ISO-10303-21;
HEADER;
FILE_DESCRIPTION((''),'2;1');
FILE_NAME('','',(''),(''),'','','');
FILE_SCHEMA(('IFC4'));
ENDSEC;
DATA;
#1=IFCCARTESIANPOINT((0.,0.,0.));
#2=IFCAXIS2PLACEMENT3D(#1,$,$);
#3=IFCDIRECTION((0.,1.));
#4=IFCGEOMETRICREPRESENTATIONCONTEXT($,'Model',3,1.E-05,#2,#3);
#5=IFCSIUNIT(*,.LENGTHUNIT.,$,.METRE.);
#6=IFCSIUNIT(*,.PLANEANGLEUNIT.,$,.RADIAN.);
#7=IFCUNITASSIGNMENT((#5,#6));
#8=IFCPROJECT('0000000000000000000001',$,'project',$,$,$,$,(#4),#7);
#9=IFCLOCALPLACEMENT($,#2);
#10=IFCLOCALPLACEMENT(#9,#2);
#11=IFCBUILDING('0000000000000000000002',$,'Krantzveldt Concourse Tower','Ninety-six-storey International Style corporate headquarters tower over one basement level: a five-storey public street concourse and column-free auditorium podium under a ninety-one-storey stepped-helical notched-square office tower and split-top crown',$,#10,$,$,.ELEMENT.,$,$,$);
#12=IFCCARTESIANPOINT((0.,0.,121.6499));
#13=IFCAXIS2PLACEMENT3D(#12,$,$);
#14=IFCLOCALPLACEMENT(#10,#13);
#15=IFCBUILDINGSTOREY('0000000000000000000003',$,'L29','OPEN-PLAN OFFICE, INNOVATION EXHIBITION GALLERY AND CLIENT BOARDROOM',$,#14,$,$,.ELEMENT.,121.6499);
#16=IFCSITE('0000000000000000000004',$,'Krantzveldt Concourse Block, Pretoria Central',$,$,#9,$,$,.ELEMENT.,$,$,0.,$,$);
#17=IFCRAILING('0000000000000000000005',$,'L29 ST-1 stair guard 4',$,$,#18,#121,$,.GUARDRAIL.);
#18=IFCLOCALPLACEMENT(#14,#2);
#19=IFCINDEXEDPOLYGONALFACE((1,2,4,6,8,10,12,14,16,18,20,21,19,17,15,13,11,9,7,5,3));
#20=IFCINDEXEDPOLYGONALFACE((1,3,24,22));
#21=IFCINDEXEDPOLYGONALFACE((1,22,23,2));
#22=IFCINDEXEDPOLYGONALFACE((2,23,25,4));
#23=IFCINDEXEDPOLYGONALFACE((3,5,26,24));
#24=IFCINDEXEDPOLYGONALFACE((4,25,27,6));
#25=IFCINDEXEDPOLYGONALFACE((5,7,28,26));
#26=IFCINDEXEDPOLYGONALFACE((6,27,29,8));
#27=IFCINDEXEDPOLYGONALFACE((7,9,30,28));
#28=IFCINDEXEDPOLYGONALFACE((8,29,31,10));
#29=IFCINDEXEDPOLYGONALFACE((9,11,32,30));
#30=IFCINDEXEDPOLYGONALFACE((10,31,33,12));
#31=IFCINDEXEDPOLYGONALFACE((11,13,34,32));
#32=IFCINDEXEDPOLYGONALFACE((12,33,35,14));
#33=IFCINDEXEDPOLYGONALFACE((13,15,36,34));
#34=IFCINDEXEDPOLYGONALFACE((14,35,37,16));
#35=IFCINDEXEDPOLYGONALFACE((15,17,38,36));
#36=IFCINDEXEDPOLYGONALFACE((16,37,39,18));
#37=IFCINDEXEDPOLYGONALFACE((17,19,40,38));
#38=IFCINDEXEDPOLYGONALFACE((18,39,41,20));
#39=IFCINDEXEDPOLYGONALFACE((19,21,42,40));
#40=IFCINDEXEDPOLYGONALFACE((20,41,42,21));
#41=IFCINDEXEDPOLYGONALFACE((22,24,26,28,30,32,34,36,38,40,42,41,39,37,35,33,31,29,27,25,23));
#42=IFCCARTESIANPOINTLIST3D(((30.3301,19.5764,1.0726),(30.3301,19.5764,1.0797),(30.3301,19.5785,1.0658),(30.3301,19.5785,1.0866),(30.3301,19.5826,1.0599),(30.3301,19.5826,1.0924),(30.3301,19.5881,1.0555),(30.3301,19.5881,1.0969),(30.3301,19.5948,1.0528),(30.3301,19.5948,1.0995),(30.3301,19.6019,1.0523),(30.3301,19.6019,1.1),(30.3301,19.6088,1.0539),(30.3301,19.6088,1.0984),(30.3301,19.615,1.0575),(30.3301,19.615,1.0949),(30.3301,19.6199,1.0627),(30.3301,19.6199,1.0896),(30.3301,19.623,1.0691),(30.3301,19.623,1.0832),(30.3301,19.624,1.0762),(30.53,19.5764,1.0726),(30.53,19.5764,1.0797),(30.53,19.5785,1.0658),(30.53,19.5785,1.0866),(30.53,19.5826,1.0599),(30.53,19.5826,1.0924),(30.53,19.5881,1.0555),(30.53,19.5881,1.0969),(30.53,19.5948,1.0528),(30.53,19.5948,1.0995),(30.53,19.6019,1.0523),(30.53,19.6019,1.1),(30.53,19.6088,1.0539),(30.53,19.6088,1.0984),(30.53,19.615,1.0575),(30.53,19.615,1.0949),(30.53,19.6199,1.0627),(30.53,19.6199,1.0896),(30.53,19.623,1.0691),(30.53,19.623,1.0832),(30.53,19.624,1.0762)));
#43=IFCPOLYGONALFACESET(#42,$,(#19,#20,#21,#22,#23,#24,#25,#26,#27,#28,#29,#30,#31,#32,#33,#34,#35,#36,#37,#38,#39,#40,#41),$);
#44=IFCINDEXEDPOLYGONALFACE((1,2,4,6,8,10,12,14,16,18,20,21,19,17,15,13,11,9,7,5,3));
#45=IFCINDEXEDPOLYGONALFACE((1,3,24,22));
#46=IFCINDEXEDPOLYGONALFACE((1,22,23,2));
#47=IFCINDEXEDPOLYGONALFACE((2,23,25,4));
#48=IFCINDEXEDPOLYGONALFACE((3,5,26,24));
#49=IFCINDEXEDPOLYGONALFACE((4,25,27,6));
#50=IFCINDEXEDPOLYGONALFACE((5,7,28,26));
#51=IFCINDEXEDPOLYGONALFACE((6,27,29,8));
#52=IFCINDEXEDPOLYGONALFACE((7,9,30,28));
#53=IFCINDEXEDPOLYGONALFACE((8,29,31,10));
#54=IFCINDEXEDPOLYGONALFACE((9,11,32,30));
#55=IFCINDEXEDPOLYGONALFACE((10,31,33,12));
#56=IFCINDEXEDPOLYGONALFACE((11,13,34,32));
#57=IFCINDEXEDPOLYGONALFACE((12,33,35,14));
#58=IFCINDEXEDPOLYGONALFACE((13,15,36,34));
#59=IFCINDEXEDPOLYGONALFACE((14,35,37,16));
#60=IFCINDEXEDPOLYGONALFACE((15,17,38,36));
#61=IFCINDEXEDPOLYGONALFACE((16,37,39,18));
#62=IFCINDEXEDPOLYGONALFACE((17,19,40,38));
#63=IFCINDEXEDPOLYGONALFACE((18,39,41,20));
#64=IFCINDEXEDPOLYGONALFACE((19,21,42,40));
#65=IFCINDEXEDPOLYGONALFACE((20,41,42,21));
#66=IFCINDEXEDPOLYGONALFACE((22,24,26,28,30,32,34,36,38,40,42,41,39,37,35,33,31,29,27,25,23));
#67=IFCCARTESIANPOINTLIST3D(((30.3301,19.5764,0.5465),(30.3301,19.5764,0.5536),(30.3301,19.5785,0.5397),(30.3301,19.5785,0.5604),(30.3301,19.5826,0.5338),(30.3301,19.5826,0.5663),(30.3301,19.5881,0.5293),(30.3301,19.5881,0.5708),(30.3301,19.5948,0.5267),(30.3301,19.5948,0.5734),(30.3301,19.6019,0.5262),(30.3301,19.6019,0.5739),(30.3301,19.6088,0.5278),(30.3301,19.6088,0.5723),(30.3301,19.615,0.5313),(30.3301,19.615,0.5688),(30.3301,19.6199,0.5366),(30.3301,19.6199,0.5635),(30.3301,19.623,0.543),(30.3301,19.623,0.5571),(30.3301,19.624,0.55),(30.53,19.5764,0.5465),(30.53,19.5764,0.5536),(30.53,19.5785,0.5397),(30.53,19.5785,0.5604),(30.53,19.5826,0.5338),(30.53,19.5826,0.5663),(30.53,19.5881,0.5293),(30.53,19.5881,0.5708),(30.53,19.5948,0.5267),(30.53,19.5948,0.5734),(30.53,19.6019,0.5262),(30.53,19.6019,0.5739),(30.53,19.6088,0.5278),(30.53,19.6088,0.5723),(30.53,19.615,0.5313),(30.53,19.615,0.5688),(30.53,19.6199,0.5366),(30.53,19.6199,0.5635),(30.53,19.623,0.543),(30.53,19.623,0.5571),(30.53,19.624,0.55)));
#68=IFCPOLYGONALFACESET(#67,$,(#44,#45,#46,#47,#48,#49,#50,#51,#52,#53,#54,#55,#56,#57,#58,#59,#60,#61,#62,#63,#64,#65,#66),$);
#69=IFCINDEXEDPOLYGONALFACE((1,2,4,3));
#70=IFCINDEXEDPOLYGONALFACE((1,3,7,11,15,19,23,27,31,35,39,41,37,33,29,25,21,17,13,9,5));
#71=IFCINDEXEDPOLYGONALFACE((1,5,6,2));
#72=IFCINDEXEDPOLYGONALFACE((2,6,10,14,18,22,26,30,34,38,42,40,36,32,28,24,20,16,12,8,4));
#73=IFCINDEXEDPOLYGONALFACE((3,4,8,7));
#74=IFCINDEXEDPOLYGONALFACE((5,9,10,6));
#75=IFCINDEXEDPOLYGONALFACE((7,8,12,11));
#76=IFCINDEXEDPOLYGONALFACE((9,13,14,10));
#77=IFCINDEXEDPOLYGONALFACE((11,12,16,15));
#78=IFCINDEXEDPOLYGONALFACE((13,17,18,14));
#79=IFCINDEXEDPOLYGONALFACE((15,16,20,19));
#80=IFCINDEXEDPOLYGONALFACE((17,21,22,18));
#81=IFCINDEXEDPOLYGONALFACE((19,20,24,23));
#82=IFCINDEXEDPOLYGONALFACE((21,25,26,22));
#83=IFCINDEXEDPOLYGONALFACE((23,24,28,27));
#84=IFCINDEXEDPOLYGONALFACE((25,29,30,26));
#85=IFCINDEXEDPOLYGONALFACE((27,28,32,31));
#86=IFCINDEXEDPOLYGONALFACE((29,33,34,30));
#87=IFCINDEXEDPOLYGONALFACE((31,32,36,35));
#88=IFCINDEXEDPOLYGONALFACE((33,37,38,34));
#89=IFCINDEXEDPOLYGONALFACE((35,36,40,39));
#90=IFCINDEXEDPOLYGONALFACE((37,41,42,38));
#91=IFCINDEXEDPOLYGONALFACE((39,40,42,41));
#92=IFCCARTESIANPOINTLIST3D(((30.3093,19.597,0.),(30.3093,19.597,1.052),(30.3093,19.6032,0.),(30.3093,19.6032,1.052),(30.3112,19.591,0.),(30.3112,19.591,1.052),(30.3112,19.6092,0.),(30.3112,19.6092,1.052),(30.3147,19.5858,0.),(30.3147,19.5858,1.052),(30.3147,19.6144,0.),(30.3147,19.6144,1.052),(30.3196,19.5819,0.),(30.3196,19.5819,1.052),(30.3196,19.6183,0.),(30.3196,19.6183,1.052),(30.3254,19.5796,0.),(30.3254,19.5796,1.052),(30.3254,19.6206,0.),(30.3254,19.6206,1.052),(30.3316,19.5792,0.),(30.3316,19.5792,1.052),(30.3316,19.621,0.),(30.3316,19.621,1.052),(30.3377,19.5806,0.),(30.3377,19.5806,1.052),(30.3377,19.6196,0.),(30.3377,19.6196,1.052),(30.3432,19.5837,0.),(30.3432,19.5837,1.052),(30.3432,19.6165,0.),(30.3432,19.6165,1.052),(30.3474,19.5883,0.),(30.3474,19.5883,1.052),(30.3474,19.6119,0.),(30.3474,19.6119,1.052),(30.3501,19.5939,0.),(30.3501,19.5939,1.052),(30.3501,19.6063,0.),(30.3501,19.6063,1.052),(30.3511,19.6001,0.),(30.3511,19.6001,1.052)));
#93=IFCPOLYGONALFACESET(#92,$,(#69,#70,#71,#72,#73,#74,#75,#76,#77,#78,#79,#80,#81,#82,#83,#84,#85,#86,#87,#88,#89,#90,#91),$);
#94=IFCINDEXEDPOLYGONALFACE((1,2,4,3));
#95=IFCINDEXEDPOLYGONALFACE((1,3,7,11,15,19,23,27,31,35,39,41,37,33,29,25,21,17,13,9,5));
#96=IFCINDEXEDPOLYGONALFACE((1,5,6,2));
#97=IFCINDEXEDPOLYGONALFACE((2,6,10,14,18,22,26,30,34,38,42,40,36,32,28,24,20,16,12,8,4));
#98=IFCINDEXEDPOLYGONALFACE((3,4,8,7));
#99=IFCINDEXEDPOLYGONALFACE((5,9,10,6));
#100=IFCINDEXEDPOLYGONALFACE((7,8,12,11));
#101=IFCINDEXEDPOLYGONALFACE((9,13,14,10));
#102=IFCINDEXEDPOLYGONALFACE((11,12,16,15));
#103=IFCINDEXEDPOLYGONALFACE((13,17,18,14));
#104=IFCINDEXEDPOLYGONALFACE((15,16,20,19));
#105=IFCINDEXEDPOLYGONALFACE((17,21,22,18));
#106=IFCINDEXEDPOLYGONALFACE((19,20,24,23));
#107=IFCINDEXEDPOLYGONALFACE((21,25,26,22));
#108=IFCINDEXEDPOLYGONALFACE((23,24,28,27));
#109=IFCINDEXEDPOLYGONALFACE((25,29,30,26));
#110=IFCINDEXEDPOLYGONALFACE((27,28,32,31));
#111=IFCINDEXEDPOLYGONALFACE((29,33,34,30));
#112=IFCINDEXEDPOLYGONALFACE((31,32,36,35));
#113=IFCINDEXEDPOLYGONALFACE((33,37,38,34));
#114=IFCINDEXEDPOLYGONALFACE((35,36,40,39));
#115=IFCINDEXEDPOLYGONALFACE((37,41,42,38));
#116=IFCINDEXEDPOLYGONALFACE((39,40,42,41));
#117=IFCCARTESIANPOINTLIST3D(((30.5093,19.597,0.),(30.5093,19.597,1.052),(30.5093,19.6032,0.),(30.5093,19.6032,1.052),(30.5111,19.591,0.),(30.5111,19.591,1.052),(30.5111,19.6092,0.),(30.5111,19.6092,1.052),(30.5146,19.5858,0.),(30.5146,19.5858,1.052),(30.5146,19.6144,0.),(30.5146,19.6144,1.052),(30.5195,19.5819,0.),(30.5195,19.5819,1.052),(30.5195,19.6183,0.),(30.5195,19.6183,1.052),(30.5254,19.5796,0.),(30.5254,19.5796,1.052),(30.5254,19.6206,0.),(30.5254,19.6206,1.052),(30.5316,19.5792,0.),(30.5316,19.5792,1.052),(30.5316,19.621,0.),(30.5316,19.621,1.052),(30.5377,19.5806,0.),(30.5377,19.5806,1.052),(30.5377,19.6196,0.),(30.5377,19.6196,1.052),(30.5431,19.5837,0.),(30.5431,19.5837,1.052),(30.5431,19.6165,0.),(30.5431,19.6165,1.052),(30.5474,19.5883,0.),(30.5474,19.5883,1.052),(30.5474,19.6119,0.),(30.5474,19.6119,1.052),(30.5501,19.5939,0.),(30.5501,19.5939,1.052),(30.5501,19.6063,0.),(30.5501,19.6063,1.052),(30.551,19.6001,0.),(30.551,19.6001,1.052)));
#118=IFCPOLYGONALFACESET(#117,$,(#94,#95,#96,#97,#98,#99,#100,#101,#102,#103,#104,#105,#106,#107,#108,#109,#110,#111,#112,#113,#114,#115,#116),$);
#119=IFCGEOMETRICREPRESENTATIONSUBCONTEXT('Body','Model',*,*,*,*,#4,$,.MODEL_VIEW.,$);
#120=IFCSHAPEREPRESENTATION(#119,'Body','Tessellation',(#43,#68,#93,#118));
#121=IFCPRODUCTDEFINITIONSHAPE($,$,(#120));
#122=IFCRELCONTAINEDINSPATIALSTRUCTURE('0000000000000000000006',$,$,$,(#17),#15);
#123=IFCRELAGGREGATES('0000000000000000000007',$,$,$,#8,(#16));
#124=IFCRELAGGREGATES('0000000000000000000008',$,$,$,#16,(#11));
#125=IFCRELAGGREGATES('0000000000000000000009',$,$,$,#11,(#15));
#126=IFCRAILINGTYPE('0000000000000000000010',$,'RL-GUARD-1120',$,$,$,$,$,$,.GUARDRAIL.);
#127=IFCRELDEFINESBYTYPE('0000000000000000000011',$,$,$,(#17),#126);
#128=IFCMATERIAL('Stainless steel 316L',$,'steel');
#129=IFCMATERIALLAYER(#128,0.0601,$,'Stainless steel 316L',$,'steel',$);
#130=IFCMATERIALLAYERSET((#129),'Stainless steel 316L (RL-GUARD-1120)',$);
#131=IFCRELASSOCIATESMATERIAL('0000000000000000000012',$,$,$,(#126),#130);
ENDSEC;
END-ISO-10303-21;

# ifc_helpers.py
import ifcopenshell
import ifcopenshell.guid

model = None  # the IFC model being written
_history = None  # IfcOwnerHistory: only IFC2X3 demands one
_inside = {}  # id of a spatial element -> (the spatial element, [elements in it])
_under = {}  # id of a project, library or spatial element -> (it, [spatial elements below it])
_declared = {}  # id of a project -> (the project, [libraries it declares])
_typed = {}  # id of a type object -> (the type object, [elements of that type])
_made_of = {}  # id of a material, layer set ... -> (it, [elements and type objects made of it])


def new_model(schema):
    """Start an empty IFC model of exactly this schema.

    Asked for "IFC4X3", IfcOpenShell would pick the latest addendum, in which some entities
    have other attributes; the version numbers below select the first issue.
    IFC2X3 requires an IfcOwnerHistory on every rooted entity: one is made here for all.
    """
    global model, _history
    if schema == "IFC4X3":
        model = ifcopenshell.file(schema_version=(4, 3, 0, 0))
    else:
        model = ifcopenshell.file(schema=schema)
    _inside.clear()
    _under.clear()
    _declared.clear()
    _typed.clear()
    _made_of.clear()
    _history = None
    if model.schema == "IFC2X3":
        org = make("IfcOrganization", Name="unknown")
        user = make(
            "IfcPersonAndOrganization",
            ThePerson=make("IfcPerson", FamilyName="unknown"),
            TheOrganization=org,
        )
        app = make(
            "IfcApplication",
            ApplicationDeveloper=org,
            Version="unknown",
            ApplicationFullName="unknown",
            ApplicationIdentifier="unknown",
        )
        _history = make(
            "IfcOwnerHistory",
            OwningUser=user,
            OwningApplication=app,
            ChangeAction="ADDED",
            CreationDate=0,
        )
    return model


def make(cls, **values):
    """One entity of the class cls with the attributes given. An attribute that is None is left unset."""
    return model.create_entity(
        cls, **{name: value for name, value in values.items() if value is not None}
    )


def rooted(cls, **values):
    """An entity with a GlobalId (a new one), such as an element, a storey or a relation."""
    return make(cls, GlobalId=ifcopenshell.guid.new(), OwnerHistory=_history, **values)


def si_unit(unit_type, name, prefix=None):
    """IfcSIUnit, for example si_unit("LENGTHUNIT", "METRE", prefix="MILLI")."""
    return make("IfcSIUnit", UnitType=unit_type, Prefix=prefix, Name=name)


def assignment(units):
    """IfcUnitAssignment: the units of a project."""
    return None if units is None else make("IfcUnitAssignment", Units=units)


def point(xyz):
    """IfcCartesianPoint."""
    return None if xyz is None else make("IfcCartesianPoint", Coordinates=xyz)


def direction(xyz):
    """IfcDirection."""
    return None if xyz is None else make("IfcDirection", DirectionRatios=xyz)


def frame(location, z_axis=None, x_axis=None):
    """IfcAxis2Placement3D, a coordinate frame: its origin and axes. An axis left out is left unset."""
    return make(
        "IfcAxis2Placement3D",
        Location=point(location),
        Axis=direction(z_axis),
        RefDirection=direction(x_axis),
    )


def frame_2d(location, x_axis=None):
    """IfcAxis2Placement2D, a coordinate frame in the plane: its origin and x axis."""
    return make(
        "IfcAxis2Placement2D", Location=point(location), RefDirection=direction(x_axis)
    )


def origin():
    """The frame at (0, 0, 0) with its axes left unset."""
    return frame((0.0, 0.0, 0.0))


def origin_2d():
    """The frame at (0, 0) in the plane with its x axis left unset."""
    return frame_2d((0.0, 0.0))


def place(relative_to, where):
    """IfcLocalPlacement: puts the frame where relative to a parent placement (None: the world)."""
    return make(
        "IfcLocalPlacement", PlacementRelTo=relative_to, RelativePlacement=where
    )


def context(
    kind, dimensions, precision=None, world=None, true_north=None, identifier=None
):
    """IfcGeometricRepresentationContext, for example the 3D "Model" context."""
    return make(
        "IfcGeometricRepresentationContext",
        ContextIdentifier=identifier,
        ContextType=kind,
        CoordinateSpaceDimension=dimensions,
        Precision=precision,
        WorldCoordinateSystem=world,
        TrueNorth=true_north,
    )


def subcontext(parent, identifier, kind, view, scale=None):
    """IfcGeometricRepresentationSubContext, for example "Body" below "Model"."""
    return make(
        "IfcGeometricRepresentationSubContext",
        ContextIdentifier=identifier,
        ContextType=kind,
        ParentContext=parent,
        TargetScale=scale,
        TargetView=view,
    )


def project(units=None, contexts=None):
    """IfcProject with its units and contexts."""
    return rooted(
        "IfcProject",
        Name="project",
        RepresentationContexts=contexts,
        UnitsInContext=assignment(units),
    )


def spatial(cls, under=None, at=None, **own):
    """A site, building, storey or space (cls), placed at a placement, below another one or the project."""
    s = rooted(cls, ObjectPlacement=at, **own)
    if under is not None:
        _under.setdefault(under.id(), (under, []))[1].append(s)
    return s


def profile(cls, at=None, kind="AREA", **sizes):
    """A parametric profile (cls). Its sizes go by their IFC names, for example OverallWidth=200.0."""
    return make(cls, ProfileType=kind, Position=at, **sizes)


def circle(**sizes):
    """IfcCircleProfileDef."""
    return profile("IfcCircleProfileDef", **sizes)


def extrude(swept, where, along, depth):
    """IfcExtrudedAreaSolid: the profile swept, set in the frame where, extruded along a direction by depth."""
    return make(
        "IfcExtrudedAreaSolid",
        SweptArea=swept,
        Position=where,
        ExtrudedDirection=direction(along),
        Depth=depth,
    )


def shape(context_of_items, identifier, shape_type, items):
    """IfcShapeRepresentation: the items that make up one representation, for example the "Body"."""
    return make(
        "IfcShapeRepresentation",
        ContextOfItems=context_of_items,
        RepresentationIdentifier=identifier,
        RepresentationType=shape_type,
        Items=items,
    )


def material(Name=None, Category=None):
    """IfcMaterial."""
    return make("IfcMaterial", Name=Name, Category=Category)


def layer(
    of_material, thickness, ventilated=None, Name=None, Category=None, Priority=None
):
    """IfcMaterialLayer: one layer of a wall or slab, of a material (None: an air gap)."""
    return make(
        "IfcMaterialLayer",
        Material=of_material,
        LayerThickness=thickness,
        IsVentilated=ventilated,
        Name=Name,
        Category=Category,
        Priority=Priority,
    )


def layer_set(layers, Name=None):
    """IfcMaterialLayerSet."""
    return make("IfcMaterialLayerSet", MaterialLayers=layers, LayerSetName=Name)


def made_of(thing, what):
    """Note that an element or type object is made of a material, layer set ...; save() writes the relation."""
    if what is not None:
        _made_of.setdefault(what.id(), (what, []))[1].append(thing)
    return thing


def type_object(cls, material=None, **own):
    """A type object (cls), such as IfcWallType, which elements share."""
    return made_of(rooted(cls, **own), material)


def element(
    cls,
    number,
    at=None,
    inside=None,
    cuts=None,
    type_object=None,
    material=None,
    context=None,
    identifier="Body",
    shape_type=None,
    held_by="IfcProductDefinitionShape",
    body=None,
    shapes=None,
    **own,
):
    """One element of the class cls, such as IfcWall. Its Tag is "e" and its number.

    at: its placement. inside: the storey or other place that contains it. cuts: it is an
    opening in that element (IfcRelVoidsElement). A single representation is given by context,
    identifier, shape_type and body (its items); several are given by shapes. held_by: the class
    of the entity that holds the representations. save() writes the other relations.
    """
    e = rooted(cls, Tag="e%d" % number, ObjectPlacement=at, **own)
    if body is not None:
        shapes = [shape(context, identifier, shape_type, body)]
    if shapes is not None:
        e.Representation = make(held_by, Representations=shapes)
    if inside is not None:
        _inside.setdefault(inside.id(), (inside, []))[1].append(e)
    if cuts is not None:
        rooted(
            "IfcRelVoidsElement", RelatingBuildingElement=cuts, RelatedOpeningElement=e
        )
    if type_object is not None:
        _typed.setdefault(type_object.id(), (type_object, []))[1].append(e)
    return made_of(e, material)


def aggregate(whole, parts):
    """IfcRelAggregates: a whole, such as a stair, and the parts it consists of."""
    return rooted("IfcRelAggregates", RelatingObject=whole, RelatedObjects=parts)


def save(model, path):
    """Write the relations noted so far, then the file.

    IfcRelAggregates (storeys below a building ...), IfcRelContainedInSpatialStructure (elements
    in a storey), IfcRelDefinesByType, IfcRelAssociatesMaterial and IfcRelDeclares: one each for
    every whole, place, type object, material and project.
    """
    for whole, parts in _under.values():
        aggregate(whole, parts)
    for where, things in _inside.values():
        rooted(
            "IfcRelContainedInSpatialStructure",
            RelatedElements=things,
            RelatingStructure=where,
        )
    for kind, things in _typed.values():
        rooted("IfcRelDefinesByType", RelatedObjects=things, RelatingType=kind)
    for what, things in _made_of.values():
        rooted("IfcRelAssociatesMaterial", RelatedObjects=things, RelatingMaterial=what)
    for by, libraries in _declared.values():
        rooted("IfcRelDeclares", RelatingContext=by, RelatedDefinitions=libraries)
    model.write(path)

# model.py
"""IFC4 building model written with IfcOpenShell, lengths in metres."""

from ifc_helpers import new_model, si_unit, direction, frame, origin, origin_2d, place, context, subcontext, project, spatial, circle, extrude, material, layer, layer_set, type_object, element, save


model = new_model("IFC4")

# Units and contexts
model_context = context("Model", 3, precision=1e-05, world=origin(), true_north=direction((0.0, 1.0)))
body_context = subcontext(model_context, "Body", "Model", "MODEL_VIEW")
ifc_project = project(units=[si_unit("LENGTHUNIT", "METRE"), si_unit("PLANEANGLEUNIT", "RADIAN")], contexts=[model_context])

# Site, building, storey
site_placement = place(None, origin())
site = spatial("IfcSite", under=ifc_project, at=site_placement, Name="Krantzveldt Concourse Block, Pretoria Central", CompositionType="ELEMENT", RefElevation=0.0)
building_placement = place(site_placement, origin())
building = spatial("IfcBuilding", under=site, at=building_placement, Name="Krantzveldt Concourse Tower", Description="Ninety-six-storey International Style corporate headquarters tower over one basement level: a five-storey public street concourse and column-free auditorium podium under a ninety-one-storey stepped-helical notched-square office tower and split-top crown", CompositionType="ELEMENT")
storey_placement = place(building_placement, frame((0.0, 0.0, 121.6499)))
storey = spatial("IfcBuildingStorey", under=building, at=storey_placement, Name="L29", Description="OPEN-PLAN OFFICE, INNOVATION EXHIBITION GALLERY AND CLIENT BOARDROOM", CompositionType="ELEMENT", Elevation=121.6499)

# Railing
ifc_material_1 = material(Name="Stainless steel 316L", Category="steel")
ifc_layer_1 = layer(ifc_material_1, 0.0601, Name="Stainless steel 316L", Category="steel")
ifc_layer_set_1 = layer_set([ifc_layer_1], Name="Stainless steel 316L (RL-GUARD-1120)")
railing_type_1 = type_object("IfcRailingType", Name="RL-GUARD-1120", PredefinedType="GUARDRAIL", material=ifc_layer_set_1)
railing_1_placement = place(storey_placement, frame((30.3301, 19.6001, 0.0)))
element("IfcRailing", 1, at=railing_1_placement, inside=storey, type_object=railing_type_1, Name="L29 ST-1 stair guard 4", PredefinedType="GUARDRAIL", context=body_context, shape_type="SweptSolid", body=[
    extrude(circle(Radius=0.0239, at=origin_2d()), frame((0.0, 0.0, 1.0762), z_axis=(1.0, 0.0, 0.0), x_axis=(0.0, 1.0, 0.0)), (0.0, 0.0, 1.0), 0.2),
    extrude(circle(Radius=0.0239, at=origin_2d()), frame((0.0, 0.0, 0.55), z_axis=(1.0, 0.0, 0.0), x_axis=(0.0, 1.0, 0.0)), (0.0, 0.0, 1.0), 0.2),
    extrude(circle(Radius=0.021, at=origin_2d()), origin(), (0.0, 0.0, 1.0), 1.052),
    extrude(circle(Radius=0.021, at=origin_2d()), frame((0.2, 0.0, 0.0)), (0.0, 0.0, 1.0), 1.052),
])

save(model, "model.ifc")
